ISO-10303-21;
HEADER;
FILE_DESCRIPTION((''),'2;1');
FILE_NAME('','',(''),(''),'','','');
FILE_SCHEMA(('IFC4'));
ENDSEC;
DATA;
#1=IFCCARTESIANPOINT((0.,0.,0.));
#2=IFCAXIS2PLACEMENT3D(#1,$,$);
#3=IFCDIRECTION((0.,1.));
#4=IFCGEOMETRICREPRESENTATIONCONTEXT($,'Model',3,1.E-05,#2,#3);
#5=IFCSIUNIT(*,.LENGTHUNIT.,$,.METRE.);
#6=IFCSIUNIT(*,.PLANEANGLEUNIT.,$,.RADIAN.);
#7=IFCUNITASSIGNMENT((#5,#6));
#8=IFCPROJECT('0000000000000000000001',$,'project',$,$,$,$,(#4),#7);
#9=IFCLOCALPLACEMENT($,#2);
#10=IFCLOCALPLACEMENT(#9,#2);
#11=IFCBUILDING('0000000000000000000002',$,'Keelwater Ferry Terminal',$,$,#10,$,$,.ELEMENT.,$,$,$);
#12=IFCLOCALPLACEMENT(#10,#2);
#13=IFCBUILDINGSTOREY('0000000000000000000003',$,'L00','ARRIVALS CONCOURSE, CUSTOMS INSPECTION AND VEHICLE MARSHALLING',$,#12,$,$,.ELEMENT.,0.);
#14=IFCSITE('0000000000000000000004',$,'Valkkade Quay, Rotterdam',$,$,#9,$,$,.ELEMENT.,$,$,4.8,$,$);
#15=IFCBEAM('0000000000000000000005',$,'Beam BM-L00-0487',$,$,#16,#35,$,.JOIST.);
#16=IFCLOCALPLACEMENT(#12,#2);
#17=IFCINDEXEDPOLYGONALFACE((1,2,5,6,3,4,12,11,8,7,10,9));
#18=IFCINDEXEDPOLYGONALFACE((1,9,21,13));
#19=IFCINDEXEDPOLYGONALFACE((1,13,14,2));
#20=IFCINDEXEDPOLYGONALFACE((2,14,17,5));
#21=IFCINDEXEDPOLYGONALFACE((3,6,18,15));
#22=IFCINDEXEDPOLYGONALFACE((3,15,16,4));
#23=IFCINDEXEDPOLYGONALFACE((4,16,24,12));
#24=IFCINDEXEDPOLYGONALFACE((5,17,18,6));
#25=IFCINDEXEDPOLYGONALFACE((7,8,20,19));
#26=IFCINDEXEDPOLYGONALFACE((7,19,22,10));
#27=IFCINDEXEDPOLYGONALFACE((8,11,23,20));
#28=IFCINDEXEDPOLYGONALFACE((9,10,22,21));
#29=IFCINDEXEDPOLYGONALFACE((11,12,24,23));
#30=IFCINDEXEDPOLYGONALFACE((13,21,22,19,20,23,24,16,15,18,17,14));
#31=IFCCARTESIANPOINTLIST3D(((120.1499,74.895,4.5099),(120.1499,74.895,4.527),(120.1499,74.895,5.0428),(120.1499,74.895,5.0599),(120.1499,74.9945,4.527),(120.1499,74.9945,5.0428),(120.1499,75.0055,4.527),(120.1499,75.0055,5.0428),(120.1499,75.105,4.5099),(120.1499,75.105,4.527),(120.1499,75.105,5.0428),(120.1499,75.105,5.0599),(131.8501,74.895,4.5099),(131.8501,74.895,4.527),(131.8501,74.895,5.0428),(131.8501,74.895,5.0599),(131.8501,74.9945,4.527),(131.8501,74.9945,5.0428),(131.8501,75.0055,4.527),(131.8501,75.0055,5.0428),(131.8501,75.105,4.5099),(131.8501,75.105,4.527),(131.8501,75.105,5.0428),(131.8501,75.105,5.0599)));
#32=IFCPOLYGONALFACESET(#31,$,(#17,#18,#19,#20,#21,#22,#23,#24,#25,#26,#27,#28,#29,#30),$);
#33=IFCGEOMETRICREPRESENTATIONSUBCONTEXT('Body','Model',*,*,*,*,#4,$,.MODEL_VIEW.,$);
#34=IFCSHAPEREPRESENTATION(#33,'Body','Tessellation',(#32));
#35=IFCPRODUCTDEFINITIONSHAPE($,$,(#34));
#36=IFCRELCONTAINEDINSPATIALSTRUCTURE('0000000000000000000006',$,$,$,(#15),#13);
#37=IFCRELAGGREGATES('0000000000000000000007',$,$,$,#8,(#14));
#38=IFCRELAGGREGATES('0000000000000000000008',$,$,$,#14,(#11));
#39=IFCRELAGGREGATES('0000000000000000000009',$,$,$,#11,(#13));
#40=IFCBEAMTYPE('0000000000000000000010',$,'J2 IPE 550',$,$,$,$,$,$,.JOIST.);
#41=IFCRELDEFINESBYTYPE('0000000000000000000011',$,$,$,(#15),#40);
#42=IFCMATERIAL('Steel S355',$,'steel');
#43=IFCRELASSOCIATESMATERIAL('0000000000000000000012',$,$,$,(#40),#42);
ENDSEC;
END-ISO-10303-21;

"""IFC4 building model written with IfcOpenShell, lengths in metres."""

from ifc_helpers import new_model, si_unit, direction, frame, origin, origin_2d, place, context, subcontext, project, spatial, i_section, extrude, material, material_profile, profile_set, type_object, element, save


model = new_model("IFC4")

# Units and contexts
model_context = context("Model", 3, precision=1e-05, world=origin(), true_north=direction((0.0, 1.0)))
body_context = subcontext(model_context, "Body", "Model", "MODEL_VIEW")
ifc_project = project(units=[si_unit("LENGTHUNIT", "METRE"), si_unit("PLANEANGLEUNIT", "RADIAN")], contexts=[model_context])

# Site, building, storey
site_placement = place(None, origin())
site = spatial("IfcSite", under=ifc_project, at=site_placement, Name="Valkkade Quay, Rotterdam", CompositionType="ELEMENT", RefElevation=4.8)
building_placement = place(site_placement, origin())
building = spatial("IfcBuilding", under=site, at=building_placement, Name="Keelwater Ferry Terminal", CompositionType="ELEMENT")
storey_placement = place(building_placement, origin())
storey = spatial("IfcBuildingStorey", under=building, at=storey_placement, Name="L00", Description="ARRIVALS CONCOURSE, CUSTOMS INSPECTION AND VEHICLE MARSHALLING", CompositionType="ELEMENT", Elevation=0.0)

# Beam
ifc_material_1 = material(Name="Steel S355", Category="steel")
ifc_material_profile_1 = material_profile(ifc_material_1, i_section(OverallWidth=0.21, OverallDepth=0.55, WebThickness=0.011, FlangeThickness=0.0171, at=origin_2d()), Name="IPE 550")
ifc_profile_set_1 = profile_set([ifc_material_profile_1], Name="Steel S355")
beam_type_1 = type_object("IfcBeamType", Name="J2 IPE 550", PredefinedType="JOIST", material=ifc_profile_set_1)
for number, where, z_axis, x_axis, name in (
    (1, (120.1499, 75.0, 4.7849), (1.0, 0.0, 0.0), (0.0, 1.0, 0.0), "Beam BM-L00-0487"),
):
    element("IfcBeam", number, at=place(storey_placement, frame(where, z_axis=z_axis, x_axis=x_axis)), inside=storey, type_object=beam_type_1, Name=name, PredefinedType="JOIST", context=body_context, shape_type="SweptSolid", body=[
        extrude(i_section(OverallWidth=0.21, OverallDepth=0.55, WebThickness=0.011, FlangeThickness=0.0171, at=origin_2d()), origin(), (0.0, 0.0, 1.0), 11.7002),
    ])

save(model, "model.ifc")
